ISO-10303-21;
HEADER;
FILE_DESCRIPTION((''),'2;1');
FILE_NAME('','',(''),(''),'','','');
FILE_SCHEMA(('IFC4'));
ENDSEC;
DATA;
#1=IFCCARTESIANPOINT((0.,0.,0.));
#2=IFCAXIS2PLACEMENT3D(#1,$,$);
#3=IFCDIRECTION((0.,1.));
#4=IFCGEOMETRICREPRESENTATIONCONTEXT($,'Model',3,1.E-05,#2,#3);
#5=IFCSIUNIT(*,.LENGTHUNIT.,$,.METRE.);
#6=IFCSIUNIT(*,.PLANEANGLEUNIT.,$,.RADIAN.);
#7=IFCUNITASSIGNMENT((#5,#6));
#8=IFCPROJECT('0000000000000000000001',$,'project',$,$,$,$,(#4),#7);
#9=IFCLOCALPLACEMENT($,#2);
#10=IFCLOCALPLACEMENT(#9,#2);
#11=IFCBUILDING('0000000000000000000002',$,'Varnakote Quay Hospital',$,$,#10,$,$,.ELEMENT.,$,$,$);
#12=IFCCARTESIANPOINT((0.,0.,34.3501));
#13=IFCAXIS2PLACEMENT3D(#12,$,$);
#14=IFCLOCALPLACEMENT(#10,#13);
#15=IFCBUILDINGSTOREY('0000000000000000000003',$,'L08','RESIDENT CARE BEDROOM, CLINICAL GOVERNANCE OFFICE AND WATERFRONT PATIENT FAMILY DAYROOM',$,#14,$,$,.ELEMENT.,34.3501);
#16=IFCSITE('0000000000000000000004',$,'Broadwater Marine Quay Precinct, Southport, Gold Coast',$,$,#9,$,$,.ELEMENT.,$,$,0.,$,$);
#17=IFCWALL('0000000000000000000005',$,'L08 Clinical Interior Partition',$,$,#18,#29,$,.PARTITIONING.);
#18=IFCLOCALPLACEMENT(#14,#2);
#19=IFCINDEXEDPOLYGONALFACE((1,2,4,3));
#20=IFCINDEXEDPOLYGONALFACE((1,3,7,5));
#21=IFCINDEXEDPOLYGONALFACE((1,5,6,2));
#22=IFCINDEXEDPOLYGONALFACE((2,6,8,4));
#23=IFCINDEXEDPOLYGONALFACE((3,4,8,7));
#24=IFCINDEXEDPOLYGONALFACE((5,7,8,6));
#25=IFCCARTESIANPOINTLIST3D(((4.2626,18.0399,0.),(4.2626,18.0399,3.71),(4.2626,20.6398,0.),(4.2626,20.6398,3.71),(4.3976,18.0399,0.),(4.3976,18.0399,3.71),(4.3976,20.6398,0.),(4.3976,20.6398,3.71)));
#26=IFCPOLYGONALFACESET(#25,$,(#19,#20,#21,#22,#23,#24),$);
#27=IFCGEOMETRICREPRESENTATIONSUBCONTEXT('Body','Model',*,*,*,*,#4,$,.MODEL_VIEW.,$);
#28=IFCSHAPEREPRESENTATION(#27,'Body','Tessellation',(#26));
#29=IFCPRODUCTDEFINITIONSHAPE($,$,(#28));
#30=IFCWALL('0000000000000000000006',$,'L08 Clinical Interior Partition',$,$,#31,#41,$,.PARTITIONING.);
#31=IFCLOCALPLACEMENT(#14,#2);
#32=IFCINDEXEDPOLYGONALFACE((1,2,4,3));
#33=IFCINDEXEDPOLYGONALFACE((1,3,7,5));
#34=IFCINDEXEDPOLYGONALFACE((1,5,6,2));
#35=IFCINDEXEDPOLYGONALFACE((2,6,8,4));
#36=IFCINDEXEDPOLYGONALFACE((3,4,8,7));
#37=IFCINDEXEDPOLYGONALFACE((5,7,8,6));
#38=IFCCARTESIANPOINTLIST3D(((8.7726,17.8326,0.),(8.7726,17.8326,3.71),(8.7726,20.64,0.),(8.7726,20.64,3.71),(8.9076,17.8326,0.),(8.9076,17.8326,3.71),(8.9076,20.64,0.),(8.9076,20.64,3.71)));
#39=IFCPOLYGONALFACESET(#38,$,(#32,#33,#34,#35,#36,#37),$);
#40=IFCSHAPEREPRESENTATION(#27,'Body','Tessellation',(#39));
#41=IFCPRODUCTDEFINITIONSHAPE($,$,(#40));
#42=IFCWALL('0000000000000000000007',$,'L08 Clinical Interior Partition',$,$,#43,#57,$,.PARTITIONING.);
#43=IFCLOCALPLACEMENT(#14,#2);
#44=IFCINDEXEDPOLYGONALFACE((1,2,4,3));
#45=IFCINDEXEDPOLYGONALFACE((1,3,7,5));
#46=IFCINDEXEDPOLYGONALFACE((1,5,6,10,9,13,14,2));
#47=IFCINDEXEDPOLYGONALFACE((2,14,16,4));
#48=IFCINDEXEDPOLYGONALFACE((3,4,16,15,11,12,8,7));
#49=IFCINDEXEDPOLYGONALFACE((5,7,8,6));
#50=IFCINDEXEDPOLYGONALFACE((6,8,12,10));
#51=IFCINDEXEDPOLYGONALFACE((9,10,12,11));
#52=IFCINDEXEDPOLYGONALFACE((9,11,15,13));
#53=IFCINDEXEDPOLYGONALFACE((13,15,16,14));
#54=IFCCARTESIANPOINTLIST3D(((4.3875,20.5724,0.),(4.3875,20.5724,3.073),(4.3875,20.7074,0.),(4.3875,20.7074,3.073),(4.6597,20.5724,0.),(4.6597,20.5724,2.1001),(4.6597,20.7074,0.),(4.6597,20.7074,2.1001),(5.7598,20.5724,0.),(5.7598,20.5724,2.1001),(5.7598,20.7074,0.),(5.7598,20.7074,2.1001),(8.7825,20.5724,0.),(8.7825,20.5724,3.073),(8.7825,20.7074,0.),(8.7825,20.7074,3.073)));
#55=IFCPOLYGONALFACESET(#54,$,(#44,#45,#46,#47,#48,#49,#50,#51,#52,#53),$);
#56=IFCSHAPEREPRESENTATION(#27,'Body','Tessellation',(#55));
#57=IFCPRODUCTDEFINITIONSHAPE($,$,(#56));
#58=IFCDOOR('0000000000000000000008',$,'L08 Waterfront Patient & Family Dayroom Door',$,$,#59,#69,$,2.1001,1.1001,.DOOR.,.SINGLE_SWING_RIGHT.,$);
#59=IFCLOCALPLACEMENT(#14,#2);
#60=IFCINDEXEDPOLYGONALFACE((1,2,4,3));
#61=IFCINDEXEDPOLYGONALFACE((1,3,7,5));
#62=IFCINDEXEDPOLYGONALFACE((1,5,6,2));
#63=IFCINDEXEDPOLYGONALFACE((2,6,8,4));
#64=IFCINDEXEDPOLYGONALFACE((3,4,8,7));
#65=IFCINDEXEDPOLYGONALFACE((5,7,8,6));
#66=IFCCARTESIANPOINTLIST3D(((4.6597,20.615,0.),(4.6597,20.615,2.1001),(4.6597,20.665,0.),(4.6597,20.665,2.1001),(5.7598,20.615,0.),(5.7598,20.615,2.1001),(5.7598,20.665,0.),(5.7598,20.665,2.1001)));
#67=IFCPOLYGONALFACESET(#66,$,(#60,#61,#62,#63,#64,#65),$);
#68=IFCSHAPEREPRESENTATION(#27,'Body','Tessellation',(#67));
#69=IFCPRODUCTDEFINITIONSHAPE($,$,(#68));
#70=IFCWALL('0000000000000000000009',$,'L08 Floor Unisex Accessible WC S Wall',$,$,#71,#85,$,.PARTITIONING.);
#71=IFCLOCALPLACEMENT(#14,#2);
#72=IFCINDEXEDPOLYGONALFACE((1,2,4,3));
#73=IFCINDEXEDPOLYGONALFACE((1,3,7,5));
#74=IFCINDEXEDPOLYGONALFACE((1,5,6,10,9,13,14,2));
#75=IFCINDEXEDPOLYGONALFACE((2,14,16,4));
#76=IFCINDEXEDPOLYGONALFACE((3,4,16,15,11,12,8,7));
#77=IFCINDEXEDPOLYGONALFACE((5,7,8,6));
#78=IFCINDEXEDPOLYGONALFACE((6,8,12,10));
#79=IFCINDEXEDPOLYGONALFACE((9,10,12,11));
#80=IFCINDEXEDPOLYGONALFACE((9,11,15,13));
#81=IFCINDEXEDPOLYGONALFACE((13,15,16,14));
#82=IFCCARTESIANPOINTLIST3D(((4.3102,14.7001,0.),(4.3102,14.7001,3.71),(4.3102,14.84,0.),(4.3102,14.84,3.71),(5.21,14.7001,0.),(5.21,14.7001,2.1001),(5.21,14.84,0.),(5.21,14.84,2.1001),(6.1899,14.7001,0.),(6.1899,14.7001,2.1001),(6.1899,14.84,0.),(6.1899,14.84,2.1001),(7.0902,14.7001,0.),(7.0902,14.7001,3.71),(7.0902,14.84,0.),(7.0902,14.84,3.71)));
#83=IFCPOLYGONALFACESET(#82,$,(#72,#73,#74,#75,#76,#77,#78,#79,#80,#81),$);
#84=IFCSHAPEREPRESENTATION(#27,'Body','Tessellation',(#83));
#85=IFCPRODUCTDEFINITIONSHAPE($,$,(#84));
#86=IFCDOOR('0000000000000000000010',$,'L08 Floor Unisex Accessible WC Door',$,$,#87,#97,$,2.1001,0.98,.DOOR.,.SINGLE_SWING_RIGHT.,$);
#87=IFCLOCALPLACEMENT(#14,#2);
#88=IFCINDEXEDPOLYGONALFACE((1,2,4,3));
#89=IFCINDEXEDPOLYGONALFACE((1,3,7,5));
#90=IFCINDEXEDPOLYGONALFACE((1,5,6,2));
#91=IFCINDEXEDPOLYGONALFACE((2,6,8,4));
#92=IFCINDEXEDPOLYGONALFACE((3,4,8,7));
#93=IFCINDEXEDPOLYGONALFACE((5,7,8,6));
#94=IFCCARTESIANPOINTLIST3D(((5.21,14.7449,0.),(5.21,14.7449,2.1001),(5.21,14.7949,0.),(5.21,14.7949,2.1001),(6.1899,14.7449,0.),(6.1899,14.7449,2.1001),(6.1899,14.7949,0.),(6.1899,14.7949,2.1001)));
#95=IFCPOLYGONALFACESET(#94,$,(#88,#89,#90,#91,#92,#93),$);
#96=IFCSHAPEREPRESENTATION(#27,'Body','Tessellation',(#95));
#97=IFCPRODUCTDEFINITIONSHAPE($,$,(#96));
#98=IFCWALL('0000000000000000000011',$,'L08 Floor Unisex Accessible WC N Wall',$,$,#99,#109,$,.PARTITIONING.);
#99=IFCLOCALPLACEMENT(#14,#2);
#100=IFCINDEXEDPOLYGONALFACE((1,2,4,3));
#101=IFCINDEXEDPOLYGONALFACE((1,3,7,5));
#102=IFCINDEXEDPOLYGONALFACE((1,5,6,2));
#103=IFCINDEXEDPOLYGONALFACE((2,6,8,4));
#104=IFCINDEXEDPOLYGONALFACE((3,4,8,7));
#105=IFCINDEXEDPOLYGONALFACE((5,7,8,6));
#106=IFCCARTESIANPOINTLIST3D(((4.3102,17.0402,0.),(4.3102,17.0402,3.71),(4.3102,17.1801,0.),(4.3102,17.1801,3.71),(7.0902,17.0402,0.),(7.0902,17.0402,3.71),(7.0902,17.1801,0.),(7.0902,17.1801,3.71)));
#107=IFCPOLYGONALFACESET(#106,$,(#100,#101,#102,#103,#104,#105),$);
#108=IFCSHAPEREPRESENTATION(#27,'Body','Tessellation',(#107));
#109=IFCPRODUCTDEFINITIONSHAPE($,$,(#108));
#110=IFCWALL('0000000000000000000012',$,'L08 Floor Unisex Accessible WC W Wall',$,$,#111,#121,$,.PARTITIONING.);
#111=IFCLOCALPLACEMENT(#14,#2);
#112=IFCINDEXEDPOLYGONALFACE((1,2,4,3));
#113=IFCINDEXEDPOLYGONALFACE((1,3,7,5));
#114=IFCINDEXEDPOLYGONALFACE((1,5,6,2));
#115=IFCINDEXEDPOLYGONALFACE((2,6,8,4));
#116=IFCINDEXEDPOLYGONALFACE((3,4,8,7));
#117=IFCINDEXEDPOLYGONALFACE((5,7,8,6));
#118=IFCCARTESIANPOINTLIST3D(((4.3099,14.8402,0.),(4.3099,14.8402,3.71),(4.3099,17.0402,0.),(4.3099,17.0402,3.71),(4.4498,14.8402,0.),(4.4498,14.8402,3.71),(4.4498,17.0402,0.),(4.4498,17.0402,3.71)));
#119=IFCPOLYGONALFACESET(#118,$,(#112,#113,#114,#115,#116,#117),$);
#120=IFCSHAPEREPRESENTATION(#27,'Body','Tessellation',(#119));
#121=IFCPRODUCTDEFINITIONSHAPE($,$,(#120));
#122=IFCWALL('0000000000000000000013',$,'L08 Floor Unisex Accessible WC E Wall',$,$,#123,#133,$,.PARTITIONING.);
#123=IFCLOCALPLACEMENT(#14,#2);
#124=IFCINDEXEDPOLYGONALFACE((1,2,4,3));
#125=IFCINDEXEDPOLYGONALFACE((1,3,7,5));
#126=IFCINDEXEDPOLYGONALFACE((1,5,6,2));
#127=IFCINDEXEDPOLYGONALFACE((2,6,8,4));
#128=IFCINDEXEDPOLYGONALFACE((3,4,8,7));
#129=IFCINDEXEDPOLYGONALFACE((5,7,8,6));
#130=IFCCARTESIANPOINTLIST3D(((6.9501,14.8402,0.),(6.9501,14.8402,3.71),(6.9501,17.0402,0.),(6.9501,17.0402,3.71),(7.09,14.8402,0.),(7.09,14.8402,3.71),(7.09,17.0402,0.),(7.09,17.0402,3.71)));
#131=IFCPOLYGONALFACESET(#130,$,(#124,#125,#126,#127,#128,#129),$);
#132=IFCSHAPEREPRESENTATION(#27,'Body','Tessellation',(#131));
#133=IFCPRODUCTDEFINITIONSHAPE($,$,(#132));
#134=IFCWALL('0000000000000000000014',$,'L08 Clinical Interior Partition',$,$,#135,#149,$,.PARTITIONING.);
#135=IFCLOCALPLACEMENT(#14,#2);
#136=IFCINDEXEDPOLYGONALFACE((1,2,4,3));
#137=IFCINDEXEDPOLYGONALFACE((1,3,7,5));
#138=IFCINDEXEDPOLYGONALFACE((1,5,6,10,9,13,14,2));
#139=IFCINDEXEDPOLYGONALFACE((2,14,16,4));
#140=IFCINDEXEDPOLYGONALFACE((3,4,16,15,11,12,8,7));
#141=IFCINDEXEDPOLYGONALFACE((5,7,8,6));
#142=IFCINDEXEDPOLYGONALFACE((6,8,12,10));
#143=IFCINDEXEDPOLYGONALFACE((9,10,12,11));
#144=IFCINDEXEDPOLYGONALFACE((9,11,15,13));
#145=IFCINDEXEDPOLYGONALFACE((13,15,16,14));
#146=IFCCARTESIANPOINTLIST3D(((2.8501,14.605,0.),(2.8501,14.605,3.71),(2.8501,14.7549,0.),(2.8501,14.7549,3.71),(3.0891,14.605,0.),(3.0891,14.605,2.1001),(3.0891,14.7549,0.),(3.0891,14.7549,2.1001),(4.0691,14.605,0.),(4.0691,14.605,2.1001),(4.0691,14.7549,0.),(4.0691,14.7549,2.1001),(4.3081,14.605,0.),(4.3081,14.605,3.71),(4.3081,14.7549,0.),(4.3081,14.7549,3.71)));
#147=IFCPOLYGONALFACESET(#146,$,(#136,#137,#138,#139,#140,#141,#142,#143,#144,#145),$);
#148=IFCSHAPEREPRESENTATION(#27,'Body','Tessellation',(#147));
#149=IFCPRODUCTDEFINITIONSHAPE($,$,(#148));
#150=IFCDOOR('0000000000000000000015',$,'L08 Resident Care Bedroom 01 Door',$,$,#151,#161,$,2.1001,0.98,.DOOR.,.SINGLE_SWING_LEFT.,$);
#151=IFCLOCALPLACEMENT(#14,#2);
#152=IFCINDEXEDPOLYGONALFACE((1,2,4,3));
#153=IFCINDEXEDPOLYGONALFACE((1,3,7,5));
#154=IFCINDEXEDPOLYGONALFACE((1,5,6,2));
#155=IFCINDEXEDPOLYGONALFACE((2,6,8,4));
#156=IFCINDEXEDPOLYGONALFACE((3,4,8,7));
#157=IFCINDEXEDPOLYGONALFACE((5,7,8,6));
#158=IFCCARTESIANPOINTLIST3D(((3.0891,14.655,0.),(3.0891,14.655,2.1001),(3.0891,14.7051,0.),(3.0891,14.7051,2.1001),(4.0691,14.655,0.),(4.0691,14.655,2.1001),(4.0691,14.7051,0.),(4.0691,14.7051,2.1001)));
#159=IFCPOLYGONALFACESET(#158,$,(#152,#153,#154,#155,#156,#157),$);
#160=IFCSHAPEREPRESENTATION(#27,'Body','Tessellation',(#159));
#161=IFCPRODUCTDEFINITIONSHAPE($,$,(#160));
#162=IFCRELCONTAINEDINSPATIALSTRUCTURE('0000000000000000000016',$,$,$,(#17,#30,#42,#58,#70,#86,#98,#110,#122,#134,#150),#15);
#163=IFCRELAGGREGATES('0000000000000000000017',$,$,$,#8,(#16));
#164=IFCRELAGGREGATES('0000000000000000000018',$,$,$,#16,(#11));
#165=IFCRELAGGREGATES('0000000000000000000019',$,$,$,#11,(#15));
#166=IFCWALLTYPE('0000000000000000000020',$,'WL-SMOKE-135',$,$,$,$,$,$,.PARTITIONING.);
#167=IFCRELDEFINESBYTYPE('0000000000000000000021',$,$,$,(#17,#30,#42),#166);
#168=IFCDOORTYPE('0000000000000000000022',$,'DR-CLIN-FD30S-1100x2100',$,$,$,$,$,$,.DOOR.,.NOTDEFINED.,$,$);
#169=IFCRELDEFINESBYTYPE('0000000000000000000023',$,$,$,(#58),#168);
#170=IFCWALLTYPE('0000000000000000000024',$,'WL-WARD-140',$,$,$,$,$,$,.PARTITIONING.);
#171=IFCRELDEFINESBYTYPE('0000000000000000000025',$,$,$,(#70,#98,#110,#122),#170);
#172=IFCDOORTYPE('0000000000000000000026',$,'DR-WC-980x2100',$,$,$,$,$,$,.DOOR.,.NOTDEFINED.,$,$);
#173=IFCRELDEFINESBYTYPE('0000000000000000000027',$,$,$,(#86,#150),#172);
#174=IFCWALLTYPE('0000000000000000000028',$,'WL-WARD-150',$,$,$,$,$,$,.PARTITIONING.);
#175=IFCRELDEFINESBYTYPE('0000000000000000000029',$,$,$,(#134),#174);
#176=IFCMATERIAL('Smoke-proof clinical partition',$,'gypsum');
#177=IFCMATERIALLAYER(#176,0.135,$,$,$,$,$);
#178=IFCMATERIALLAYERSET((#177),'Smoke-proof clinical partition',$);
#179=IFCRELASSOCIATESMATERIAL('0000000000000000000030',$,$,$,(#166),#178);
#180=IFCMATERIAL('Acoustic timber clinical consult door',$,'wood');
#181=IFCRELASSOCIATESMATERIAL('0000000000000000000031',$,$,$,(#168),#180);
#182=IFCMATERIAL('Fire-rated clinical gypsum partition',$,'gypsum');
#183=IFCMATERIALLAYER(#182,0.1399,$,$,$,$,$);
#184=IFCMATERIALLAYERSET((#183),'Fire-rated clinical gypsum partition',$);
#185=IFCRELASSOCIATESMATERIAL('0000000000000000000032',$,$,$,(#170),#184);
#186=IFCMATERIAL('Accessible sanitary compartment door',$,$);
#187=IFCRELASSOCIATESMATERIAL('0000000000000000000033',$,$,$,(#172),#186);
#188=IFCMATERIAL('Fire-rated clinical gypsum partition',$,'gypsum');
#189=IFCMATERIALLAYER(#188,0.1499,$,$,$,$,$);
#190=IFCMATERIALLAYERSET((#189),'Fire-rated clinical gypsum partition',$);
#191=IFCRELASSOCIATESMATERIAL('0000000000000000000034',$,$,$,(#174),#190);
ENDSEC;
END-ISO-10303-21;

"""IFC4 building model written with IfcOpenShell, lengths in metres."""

from ifc_helpers import new_model, si_unit, direction, frame, frame_2d, origin, place, context, subcontext, project, spatial, rectangle, extrude, material, layer, layer_set, type_object, element, fill, save


model = new_model("IFC4")

# Units and contexts
model_context = context("Model", 3, precision=1e-05, world=origin(), true_north=direction((0.0, 1.0)))
body_context = subcontext(model_context, "Body", "Model", "MODEL_VIEW")
ifc_project = project(units=[si_unit("LENGTHUNIT", "METRE"), si_unit("PLANEANGLEUNIT", "RADIAN")], contexts=[model_context])

# Site, building, storey
site_placement = place(None, origin())
site = spatial("IfcSite", under=ifc_project, at=site_placement, Name="Broadwater Marine Quay Precinct, Southport, Gold Coast", CompositionType="ELEMENT", RefElevation=0.0)
building_placement = place(site_placement, origin())
building = spatial("IfcBuilding", under=site, at=building_placement, Name="Varnakote Quay Hospital", CompositionType="ELEMENT")
storey_placement = place(building_placement, frame((0.0, 0.0, 34.3501)))
storey = spatial("IfcBuildingStorey", under=building, at=storey_placement, Name="L08", Description="RESIDENT CARE BEDROOM, CLINICAL GOVERNANCE OFFICE AND WATERFRONT PATIENT FAMILY DAYROOM", CompositionType="ELEMENT", Elevation=34.3501)

# Walls
ifc_material_1 = material(Name="Smoke-proof clinical partition", Category="gypsum")
ifc_layer_1 = layer(ifc_material_1, 0.135)
ifc_layer_set_1 = layer_set([ifc_layer_1], Name="Smoke-proof clinical partition")
wall_type_1 = type_object("IfcWallType", Name="WL-SMOKE-135", PredefinedType="PARTITIONING", material=ifc_layer_set_1)
wall_1_placement = place(storey_placement, frame((4.3301, 18.04, 0.0), z_axis=(0.0, 0.0, 1.0), x_axis=(0.0, 1.0, 0.0)))
element("IfcWall", 1, at=wall_1_placement, inside=storey, type_object=wall_type_1, Name="L08 Clinical Interior Partition", PredefinedType="PARTITIONING", context=body_context, shape_type="SweptSolid", body=[
    extrude(rectangle(XDim=2.5999, YDim=0.135, at=frame_2d((1.2998, 0.0))), origin(), (0.0, 0.0, 1.0), 3.71),
])
wall_2_placement = place(storey_placement, frame((8.8401, 17.8325, 0.0), z_axis=(0.0, 0.0, 1.0), x_axis=(0.0, 1.0, 0.0)))
element("IfcWall", 2, at=wall_2_placement, inside=storey, type_object=wall_type_1, Name="L08 Clinical Interior Partition", PredefinedType="PARTITIONING", context=body_context, shape_type="SweptSolid", body=[
    extrude(rectangle(XDim=2.8074, YDim=0.135, at=frame_2d((1.4038, 0.0))), origin(), (0.0, 0.0, 1.0), 3.71),
])

# Walls, openings, doors
wall_3_placement = place(storey_placement, frame((8.7825, 20.6399, 0.0), z_axis=(0.0, 0.0, 1.0), x_axis=(-1.0, 0.0, 0.0)))
wall_3 = element("IfcWall", 3, at=wall_3_placement, inside=storey, type_object=wall_type_1, Name="L08 Clinical Interior Partition", PredefinedType="PARTITIONING", context=body_context, shape_type="SweptSolid", body=[
    extrude(rectangle(XDim=4.395, YDim=0.135, at=frame_2d((2.1975, 0.0))), origin(), (0.0, 0.0, 1.0), 3.073),
])
opening_1_placement = place(wall_3_placement, frame((3.0227, 0.0, 0.0)))
opening_1 = element("IfcOpeningElement", 4, at=opening_1_placement, cuts=wall_3, PredefinedType="OPENING", context=body_context, shape_type="SweptSolid", body=[
    extrude(rectangle(XDim=1.1001, YDim=2.1001, at=frame_2d((0.55, 1.05))), frame((0.0, 0.0774, 0.0), z_axis=(0.0, -1.0, 0.0), x_axis=(1.0, 0.0, 0.0)), (0.0, 0.0, 1.0), 0.155),
])
ifc_material_2 = material(Name="Acoustic timber clinical consult door", Category="wood")
door_type_1 = type_object("IfcDoorType", Name="DR-CLIN-FD30S-1100x2100", OperationType="NOTDEFINED", PredefinedType="DOOR", material=ifc_material_2)
door_1_placement = place(opening_1_placement, origin())
door_1 = element("IfcDoor", 5, at=door_1_placement, inside=storey, type_object=door_type_1, Name="L08 Waterfront Patient & Family Dayroom Door", OperationType="SINGLE_SWING_RIGHT", OverallHeight=2.1001, OverallWidth=1.1001, PredefinedType="DOOR", context=body_context, shape_type="SweptSolid", body=[
    extrude(rectangle(XDim=1.1001, YDim=2.1001, at=frame_2d((0.55, 1.05))), frame((0.0, 0.0249, 0.0), z_axis=(0.0, -1.0, 0.0), x_axis=(1.0, 0.0, 0.0)), (0.0, 0.0, 1.0), 0.05),
])
fill(opening_1, door_1)
ifc_material_3 = material(Name="Fire-rated clinical gypsum partition", Category="gypsum")
ifc_layer_2 = layer(ifc_material_3, 0.1399)
ifc_layer_set_2 = layer_set([ifc_layer_2], Name="Fire-rated clinical gypsum partition")
wall_type_2 = type_object("IfcWallType", Name="WL-WARD-140", PredefinedType="PARTITIONING", material=ifc_layer_set_2)
wall_4_placement = place(storey_placement, frame((4.3101, 14.77, 0.0), z_axis=(0.0, 0.0, 1.0), x_axis=(1.0, 0.0, 0.0)))
wall_4 = element("IfcWall", 6, at=wall_4_placement, inside=storey, type_object=wall_type_2, Name="L08 Floor Unisex Accessible WC S Wall", PredefinedType="PARTITIONING", context=body_context, shape_type="SweptSolid", body=[
    extrude(rectangle(XDim=2.78, YDim=0.1399, at=frame_2d((1.3901, 0.0))), origin(), (0.0, 0.0, 1.0), 3.71),
])
opening_2_placement = place(wall_4_placement, frame((0.8999, 0.0, 0.0)))
opening_2 = element("IfcOpeningElement", 7, at=opening_2_placement, cuts=wall_4, PredefinedType="OPENING", context=body_context, shape_type="SweptSolid", body=[
    extrude(rectangle(XDim=0.98, YDim=2.1001, at=frame_2d((0.49, 1.05))), frame((0.0, 0.0798, 0.0), z_axis=(0.0, -1.0, 0.0), x_axis=(1.0, 0.0, 0.0)), (0.0, 0.0, 1.0), 0.1599),
])
ifc_material_4 = material(Name="Accessible sanitary compartment door")
door_type_2 = type_object("IfcDoorType", Name="DR-WC-980x2100", OperationType="NOTDEFINED", PredefinedType="DOOR", material=ifc_material_4)
door_2_placement = place(opening_2_placement, origin())
door_2 = element("IfcDoor", 8, at=door_2_placement, inside=storey, type_object=door_type_2, Name="L08 Floor Unisex Accessible WC Door", OperationType="SINGLE_SWING_RIGHT", OverallHeight=2.1001, OverallWidth=0.98, PredefinedType="DOOR", context=body_context, shape_type="SweptSolid", body=[
    extrude(rectangle(XDim=0.98, YDim=2.1001, at=frame_2d((0.49, 1.05))), frame((0.0, 0.0249, 0.0), z_axis=(0.0, -1.0, 0.0), x_axis=(1.0, 0.0, 0.0)), (0.0, 0.0, 1.0), 0.05),
])
fill(opening_2, door_2)

# Walls
wall_5_placement = place(storey_placement, frame((4.3101, 17.1101, 0.0), z_axis=(0.0, 0.0, 1.0), x_axis=(1.0, 0.0, 0.0)))
element("IfcWall", 9, at=wall_5_placement, inside=storey, type_object=wall_type_2, Name="L08 Floor Unisex Accessible WC N Wall", PredefinedType="PARTITIONING", context=body_context, shape_type="SweptSolid", body=[
    extrude(rectangle(XDim=2.78, YDim=0.1399, at=frame_2d((1.3901, 0.0))), origin(), (0.0, 0.0, 1.0), 3.71),
])
for number, where, z_axis, x_axis, name in (
    (10, (4.3799, 14.8401, 0.0), (0.0, 0.0, 1.0), (0.0, 1.0, 0.0), "L08 Floor Unisex Accessible WC W Wall"),
    (11, (7.02, 14.8401, 0.0), (0.0, 0.0, 1.0), (0.0, 1.0, 0.0), "L08 Floor Unisex Accessible WC E Wall"),
):
    element("IfcWall", number, at=place(storey_placement, frame(where, z_axis=z_axis, x_axis=x_axis)), inside=storey, type_object=wall_type_2, Name=name, PredefinedType="PARTITIONING", context=body_context, shape_type="SweptSolid", body=[
        extrude(rectangle(XDim=2.2, YDim=0.1399, at=frame_2d((1.1001, 0.0))), origin(), (0.0, 0.0, 1.0), 3.71),
    ])

# Wall, opening, door
ifc_material_5 = material(Name="Fire-rated clinical gypsum partition", Category="gypsum")
ifc_layer_3 = layer(ifc_material_5, 0.1499)
ifc_layer_set_3 = layer_set([ifc_layer_3], Name="Fire-rated clinical gypsum partition")
wall_type_3 = type_object("IfcWallType", Name="WL-WARD-150", PredefinedType="PARTITIONING", material=ifc_layer_set_3)
wall_6_placement = place(storey_placement, frame((4.3081, 14.6799, 0.0), z_axis=(0.0, 0.0, 1.0), x_axis=(-1.0, 0.0, 0.0)))
wall_6 = element("IfcWall", 12, at=wall_6_placement, inside=storey, type_object=wall_type_3, Name="L08 Clinical Interior Partition", PredefinedType="PARTITIONING", context=body_context, shape_type="SweptSolid", body=[
    extrude(rectangle(XDim=1.458, YDim=0.1499, at=frame_2d((0.729, 0.0))), origin(), (0.0, 0.0, 1.0), 3.71),
])
opening_3_placement = place(wall_6_placement, frame((0.239, 0.0, 0.0)))
opening_3 = element("IfcOpeningElement", 13, at=opening_3_placement, cuts=wall_6, PredefinedType="OPENING", context=body_context, shape_type="SweptSolid", body=[
    extrude(rectangle(XDim=0.98, YDim=2.1001, at=frame_2d((0.49, 1.05))), frame((0.0, 0.085, 0.0), z_axis=(0.0, -1.0, 0.0), x_axis=(1.0, 0.0, 0.0)), (0.0, 0.0, 1.0), 0.1699),
])
door_3_placement = place(opening_3_placement, origin())
door_3 = element("IfcDoor", 14, at=door_3_placement, inside=storey, type_object=door_type_2, Name="L08 Resident Care Bedroom 01 Door", OperationType="SINGLE_SWING_LEFT", OverallHeight=2.1001, OverallWidth=0.98, PredefinedType="DOOR", context=body_context, shape_type="SweptSolid", body=[
    extrude(rectangle(XDim=0.98, YDim=2.1001, at=frame_2d((0.49, 1.05))), frame((0.0, 0.0249, 0.0), z_axis=(0.0, -1.0, 0.0), x_axis=(1.0, 0.0, 0.0)), (0.0, 0.0, 1.0), 0.05),
])
fill(opening_3, door_3)

save(model, "model.ifc")
